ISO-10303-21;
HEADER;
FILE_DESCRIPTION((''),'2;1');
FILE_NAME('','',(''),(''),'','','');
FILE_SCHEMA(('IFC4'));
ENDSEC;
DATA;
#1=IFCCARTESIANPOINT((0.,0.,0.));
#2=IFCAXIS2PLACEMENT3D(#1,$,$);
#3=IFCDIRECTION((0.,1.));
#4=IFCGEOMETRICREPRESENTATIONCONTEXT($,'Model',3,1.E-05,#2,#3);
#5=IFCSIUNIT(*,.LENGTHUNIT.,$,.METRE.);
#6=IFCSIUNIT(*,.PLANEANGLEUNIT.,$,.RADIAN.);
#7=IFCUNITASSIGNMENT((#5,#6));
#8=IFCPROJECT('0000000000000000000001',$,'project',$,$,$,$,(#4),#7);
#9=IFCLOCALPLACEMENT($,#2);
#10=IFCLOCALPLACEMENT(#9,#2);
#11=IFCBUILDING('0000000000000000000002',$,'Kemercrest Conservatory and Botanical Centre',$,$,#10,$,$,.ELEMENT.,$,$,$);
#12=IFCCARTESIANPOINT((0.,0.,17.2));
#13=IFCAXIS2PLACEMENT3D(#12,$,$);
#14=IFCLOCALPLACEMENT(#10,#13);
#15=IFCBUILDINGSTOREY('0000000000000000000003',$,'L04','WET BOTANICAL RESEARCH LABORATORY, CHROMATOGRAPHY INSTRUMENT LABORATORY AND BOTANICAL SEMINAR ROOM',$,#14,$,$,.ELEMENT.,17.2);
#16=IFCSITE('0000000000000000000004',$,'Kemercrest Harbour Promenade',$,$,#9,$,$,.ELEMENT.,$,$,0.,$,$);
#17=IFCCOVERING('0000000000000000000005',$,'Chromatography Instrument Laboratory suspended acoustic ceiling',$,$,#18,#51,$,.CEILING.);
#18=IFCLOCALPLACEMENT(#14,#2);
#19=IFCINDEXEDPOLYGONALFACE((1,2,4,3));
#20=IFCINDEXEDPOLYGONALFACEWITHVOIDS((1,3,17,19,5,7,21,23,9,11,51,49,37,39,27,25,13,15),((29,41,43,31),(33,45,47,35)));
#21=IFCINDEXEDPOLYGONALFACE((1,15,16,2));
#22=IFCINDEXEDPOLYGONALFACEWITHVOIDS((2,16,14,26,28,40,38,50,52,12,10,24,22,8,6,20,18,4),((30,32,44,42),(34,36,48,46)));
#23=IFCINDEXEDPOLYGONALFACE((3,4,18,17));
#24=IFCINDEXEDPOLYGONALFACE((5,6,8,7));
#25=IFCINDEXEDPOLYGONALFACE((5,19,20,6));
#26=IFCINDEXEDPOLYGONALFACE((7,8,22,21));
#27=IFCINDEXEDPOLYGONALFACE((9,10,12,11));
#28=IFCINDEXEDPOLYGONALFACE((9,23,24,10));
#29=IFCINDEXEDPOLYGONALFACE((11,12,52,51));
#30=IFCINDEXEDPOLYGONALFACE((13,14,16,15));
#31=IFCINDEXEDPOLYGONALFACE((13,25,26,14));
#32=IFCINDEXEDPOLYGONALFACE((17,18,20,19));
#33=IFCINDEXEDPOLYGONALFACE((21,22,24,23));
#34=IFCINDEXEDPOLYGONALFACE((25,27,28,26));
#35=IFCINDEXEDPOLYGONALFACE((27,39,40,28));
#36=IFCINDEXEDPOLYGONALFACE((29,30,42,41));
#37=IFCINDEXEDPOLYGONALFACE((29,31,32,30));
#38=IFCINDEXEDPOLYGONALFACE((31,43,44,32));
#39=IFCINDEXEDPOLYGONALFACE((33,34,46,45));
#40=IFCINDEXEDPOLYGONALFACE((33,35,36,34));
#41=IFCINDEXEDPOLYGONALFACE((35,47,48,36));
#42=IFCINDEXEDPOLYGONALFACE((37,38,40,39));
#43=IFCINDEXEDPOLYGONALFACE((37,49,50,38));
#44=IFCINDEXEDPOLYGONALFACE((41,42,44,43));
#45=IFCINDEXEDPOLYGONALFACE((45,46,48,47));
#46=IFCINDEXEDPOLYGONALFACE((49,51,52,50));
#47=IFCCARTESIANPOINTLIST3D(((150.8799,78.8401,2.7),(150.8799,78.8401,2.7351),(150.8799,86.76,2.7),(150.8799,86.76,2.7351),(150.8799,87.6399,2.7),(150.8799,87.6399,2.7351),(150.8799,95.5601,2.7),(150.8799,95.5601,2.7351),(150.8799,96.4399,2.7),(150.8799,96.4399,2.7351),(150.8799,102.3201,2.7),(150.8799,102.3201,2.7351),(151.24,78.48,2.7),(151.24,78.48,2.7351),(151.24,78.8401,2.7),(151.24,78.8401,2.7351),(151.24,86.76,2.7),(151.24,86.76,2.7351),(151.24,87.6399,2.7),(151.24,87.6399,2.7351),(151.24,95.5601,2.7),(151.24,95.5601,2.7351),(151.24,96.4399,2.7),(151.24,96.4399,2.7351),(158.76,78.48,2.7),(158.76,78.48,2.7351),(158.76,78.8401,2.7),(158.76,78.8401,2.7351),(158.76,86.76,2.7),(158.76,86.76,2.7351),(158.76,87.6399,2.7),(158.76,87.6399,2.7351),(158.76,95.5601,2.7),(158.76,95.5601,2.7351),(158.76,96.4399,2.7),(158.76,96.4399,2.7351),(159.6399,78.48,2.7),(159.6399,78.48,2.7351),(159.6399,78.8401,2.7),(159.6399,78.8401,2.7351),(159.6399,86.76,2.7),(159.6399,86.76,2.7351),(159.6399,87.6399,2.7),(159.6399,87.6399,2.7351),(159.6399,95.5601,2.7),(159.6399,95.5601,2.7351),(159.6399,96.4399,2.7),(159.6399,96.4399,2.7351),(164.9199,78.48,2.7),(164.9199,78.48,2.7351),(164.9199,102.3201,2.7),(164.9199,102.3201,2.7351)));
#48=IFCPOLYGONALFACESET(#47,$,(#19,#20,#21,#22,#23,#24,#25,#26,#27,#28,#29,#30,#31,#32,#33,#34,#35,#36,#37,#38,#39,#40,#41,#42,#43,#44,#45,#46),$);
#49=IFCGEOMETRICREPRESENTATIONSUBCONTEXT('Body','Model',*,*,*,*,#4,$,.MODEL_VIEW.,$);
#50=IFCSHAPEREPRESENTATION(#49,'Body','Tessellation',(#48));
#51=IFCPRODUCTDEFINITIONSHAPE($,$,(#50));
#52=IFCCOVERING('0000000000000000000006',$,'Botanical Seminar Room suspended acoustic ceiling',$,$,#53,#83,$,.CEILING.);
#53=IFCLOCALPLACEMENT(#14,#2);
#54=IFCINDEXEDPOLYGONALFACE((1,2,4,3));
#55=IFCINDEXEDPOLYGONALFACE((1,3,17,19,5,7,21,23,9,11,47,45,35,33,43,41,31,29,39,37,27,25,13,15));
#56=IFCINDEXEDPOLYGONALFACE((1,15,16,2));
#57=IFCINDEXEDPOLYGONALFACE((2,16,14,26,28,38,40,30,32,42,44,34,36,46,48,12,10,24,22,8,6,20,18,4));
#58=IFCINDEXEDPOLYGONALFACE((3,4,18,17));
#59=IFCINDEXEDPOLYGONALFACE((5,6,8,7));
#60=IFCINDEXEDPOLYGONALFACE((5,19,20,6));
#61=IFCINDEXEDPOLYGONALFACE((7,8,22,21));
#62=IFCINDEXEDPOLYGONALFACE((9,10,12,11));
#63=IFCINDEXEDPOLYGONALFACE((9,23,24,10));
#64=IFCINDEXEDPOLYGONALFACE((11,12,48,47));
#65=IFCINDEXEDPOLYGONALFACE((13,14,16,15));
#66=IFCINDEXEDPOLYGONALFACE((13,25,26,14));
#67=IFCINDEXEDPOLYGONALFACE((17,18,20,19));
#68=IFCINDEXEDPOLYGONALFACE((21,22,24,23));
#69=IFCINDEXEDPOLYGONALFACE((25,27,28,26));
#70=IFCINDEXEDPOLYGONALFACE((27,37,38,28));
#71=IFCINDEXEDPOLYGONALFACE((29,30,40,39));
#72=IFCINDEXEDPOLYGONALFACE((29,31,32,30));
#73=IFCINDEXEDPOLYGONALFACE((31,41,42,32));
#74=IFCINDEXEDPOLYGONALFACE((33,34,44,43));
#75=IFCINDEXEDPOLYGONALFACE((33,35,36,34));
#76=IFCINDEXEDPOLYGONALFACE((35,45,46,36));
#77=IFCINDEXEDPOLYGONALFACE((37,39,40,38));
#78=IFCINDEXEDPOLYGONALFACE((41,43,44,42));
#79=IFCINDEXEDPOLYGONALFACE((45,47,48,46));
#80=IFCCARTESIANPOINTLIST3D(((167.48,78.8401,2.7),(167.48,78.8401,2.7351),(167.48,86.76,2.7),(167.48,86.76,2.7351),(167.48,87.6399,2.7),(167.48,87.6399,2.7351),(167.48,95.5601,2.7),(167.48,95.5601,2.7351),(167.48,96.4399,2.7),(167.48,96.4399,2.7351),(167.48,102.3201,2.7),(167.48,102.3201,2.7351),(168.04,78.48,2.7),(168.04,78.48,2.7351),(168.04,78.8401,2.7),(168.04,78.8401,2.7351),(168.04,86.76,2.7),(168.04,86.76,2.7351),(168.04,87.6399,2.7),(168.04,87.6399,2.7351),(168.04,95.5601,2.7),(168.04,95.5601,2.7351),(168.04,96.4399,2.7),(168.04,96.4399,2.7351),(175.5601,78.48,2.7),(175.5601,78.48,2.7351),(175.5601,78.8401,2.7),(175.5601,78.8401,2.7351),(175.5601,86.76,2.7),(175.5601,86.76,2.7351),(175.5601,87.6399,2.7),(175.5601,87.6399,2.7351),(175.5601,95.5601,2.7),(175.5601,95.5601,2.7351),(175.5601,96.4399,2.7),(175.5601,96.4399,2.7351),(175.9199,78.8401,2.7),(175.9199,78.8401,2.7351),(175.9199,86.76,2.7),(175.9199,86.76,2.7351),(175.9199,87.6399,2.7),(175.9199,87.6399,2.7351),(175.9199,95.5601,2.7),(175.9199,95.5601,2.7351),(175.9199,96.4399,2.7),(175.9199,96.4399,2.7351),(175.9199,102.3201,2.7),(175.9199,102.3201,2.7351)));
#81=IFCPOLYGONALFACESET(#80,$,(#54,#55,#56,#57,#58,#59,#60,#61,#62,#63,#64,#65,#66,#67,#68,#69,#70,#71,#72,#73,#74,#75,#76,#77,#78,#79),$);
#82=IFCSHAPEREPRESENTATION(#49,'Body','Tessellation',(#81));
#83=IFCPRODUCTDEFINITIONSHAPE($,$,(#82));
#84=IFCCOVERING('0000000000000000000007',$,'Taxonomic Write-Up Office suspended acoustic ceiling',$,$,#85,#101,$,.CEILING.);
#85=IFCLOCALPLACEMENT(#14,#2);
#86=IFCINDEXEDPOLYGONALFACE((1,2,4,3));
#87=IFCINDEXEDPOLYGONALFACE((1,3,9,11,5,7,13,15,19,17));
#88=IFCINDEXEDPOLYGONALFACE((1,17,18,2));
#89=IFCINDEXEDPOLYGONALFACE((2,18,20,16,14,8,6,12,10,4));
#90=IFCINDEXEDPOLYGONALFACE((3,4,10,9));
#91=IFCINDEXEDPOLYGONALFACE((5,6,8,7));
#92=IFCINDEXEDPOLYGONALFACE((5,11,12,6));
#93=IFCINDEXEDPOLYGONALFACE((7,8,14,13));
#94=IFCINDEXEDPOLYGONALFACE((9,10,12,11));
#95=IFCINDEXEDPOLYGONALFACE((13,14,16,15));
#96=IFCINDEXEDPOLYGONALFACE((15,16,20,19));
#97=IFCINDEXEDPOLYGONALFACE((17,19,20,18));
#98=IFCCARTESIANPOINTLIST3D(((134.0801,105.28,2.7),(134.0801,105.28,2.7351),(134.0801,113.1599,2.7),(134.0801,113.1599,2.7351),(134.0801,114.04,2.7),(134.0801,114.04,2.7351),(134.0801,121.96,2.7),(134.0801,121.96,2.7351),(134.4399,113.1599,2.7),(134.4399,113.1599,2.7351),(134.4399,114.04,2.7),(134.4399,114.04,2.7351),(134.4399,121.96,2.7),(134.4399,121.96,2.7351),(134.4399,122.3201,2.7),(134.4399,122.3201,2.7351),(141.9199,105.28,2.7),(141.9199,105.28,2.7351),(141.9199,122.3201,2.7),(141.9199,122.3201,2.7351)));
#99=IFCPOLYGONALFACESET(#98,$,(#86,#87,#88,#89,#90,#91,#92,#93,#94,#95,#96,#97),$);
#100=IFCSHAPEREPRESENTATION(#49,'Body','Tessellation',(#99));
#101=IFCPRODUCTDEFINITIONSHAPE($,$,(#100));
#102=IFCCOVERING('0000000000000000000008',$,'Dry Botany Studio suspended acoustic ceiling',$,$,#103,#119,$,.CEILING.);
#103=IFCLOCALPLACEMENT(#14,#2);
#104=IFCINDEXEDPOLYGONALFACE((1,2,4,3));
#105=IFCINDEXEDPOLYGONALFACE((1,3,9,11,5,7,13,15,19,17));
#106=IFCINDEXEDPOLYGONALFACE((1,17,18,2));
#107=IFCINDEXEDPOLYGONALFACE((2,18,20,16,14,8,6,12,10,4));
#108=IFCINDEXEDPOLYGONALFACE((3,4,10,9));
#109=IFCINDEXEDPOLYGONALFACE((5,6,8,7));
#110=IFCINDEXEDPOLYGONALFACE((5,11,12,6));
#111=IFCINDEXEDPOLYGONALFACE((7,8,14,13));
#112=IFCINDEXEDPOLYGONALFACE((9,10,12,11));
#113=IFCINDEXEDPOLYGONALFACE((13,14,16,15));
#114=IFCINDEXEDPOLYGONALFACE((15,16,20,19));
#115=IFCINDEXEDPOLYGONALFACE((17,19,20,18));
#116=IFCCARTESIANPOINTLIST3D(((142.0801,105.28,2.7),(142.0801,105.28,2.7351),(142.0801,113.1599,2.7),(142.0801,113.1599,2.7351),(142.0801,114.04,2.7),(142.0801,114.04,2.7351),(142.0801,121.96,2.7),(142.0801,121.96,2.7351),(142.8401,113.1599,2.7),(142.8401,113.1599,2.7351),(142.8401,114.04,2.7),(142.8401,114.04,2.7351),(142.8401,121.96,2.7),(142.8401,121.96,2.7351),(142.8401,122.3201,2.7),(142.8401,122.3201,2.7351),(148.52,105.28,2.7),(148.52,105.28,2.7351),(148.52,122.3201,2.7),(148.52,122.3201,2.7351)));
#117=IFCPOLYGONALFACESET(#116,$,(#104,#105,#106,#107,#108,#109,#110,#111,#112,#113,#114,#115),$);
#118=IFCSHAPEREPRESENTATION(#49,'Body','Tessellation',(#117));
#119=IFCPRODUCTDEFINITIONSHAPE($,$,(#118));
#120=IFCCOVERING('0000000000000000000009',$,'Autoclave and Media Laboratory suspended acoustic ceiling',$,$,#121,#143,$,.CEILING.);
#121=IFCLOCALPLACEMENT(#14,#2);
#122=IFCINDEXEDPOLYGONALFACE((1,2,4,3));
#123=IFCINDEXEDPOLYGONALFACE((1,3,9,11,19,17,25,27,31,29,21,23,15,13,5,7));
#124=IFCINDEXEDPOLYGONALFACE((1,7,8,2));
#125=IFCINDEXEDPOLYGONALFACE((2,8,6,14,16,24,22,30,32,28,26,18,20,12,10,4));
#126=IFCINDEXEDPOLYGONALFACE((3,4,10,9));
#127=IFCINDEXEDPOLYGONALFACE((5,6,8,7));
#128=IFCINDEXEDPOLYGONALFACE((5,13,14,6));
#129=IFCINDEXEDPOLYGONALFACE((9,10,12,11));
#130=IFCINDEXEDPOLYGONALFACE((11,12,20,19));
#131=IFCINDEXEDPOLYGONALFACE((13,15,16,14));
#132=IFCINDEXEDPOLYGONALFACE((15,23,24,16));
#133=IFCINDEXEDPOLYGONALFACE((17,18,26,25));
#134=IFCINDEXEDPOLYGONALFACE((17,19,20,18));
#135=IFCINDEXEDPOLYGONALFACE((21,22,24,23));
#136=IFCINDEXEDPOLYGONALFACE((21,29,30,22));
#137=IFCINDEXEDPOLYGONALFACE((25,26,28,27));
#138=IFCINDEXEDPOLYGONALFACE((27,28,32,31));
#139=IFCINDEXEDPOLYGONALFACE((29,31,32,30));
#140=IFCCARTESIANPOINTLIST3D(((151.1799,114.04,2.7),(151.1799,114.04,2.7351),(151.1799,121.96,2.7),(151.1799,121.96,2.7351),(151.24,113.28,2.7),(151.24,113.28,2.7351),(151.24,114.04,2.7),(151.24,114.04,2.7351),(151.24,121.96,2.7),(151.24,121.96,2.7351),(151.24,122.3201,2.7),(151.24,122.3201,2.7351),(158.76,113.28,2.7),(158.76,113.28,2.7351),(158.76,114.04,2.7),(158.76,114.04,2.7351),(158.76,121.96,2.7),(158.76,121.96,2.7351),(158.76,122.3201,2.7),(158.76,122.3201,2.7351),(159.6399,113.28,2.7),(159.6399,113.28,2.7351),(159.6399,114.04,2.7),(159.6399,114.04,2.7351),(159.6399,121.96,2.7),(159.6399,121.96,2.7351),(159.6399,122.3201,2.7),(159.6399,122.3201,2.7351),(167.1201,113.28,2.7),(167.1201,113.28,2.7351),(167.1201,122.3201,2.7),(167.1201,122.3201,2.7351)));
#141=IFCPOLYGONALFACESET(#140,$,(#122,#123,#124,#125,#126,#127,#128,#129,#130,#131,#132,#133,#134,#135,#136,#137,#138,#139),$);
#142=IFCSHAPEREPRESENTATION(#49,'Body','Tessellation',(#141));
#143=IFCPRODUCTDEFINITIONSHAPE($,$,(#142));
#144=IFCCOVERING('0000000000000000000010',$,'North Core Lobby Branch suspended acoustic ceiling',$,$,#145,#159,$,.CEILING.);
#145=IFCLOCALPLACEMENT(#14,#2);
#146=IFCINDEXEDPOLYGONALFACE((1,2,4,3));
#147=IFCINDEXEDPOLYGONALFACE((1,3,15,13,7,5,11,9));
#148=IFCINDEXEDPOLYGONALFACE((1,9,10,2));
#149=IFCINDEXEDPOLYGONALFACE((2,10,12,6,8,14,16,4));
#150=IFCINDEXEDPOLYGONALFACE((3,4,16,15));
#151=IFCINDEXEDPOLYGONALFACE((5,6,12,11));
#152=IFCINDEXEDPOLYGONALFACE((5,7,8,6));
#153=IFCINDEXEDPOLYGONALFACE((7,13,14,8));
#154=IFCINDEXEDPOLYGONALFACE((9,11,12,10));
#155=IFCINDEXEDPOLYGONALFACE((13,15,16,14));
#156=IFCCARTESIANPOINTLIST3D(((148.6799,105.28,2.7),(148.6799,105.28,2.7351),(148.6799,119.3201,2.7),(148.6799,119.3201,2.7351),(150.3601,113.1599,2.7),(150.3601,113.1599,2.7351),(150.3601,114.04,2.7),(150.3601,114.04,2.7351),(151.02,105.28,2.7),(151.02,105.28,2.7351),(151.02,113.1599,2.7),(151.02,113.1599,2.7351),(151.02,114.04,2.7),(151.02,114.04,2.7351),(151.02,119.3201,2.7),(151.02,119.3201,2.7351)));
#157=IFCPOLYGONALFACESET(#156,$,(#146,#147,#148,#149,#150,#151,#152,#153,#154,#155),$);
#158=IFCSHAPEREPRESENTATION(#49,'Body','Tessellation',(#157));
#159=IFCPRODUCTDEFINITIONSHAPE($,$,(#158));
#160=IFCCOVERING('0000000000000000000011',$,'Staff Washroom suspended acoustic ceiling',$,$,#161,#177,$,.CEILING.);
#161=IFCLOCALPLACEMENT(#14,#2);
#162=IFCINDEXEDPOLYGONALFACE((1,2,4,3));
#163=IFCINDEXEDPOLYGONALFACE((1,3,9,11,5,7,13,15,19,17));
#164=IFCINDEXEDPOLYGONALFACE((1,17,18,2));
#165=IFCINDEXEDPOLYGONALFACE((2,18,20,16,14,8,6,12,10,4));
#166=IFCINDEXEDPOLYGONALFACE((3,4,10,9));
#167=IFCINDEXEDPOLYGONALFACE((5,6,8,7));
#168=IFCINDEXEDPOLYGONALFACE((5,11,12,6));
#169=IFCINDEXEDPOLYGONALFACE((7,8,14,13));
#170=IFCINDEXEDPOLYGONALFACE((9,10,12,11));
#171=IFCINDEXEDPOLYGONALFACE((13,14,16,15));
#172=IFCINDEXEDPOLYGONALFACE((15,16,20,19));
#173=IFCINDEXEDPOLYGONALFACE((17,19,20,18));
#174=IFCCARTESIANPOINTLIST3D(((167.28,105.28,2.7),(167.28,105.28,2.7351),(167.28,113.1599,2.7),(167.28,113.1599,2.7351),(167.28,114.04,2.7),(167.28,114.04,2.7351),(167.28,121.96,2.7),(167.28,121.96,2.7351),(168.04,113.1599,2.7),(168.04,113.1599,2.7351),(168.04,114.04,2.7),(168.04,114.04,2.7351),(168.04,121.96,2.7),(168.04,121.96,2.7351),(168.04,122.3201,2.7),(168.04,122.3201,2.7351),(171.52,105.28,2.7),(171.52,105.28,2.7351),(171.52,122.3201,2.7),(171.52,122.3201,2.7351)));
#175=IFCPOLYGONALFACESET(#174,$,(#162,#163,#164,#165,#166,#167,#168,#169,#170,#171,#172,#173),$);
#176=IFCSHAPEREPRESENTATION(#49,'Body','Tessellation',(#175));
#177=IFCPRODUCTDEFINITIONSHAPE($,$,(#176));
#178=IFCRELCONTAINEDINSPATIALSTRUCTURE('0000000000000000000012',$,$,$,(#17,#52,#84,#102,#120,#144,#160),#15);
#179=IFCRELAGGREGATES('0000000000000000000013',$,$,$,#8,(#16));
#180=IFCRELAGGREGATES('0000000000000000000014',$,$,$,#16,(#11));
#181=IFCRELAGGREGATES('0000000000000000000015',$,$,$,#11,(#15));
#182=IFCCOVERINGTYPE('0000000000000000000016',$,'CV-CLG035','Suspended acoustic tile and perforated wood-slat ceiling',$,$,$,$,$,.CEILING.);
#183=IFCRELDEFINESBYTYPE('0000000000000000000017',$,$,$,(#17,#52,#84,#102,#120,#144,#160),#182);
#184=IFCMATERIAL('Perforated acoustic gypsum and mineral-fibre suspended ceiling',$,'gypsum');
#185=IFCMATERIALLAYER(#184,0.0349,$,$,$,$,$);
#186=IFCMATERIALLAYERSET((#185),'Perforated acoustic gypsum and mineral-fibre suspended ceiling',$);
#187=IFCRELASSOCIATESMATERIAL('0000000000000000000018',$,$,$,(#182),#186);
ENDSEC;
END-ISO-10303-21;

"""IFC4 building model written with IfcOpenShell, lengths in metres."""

from ifc_helpers import new_model, si_unit, direction, frame, origin, place, context, subcontext, project, spatial, polyline, outline, extrude, material, layer, layer_set, type_object, element, save


model = new_model("IFC4")

# Units and contexts
model_context = context("Model", 3, precision=1e-05, world=origin(), true_north=direction((0.0, 1.0)))
body_context = subcontext(model_context, "Body", "Model", "MODEL_VIEW")
ifc_project = project(units=[si_unit("LENGTHUNIT", "METRE"), si_unit("PLANEANGLEUNIT", "RADIAN")], contexts=[model_context])

# Site, building, storey
site_placement = place(None, origin())
site = spatial("IfcSite", under=ifc_project, at=site_placement, Name="Kemercrest Harbour Promenade", CompositionType="ELEMENT", RefElevation=0.0)
building_placement = place(site_placement, origin())
building = spatial("IfcBuilding", under=site, at=building_placement, Name="Kemercrest Conservatory and Botanical Centre", CompositionType="ELEMENT")
storey_placement = place(building_placement, frame((0.0, 0.0, 17.2)))
storey = spatial("IfcBuildingStorey", under=building, at=storey_placement, Name="L04", Description="WET BOTANICAL RESEARCH LABORATORY, CHROMATOGRAPHY INSTRUMENT LABORATORY AND BOTANICAL SEMINAR ROOM", CompositionType="ELEMENT", Elevation=17.2)

# Coverings
ifc_material_1 = material(Name="Perforated acoustic gypsum and mineral-fibre suspended ceiling", Category="gypsum")
ifc_layer_1 = layer(ifc_material_1, 0.0349)
ifc_layer_set_1 = layer_set([ifc_layer_1], Name="Perforated acoustic gypsum and mineral-fibre suspended ceiling")
covering_type_1 = type_object("IfcCoveringType", Name="CV-CLG035", Description="Suspended acoustic tile and perforated wood-slat ceiling", PredefinedType="CEILING", material=ifc_layer_set_1)
covering_1_placement = place(storey_placement, frame((0.0, 0.0, 2.7)))
element("IfcCovering", 1, at=covering_1_placement, inside=storey, type_object=covering_type_1, Name="Chromatography Instrument Laboratory suspended acoustic ceiling", PredefinedType="CEILING", context=body_context, shape_type="SweptSolid", body=[
    extrude(outline(polyline([(158.76, 78.8401), (159.6399, 78.8401), (159.6399, 78.48), (164.9199, 78.48), (164.9199, 102.3201), (150.8799, 102.3201), (150.8799, 96.4399), (151.24, 96.4399), (151.24, 95.5601), (150.8799, 95.5601), (150.8799, 87.6399), (151.24, 87.6399), (151.24, 86.76), (150.8799, 86.76), (150.8799, 78.8401), (151.24, 78.8401), (151.24, 78.48), (158.76, 78.48), (158.76, 78.8401)]), holes=[polyline([(158.76, 87.6399), (159.6399, 87.6399), (159.6399, 86.76), (158.76, 86.76), (158.76, 87.6399)]), polyline([(158.76, 96.4399), (159.6399, 96.4399), (159.6399, 95.5601), (158.76, 95.5601), (158.76, 96.4399)])]), origin(), (0.0, 0.0, 1.0), 0.0352),
])
covering_2_placement = place(storey_placement, frame((0.0, 0.0, 2.7)))
element("IfcCovering", 2, at=covering_2_placement, inside=storey, type_object=covering_type_1, Name="Botanical Seminar Room suspended acoustic ceiling", PredefinedType="CEILING", context=body_context, shape_type="SweptSolid", body=[
    extrude(outline(polyline([(168.04, 78.48), (175.5601, 78.48), (175.5601, 78.8401), (175.9199, 78.8401), (175.9199, 86.76), (175.5601, 86.76), (175.5601, 87.6399), (175.9199, 87.6399), (175.9199, 95.5601), (175.5601, 95.5601), (175.5601, 96.4399), (175.9199, 96.4399), (175.9199, 102.3201), (167.48, 102.3201), (167.48, 96.4399), (168.04, 96.4399), (168.04, 95.5601), (167.48, 95.5601), (167.48, 87.6399), (168.04, 87.6399), (168.04, 86.76), (167.48, 86.76), (167.48, 78.8401), (168.04, 78.8401), (168.04, 78.48)])), origin(), (0.0, 0.0, 1.0), 0.0352),
])
covering_3_placement = place(storey_placement, frame((0.0, 0.0, 2.7)))
element("IfcCovering", 3, at=covering_3_placement, inside=storey, type_object=covering_type_1, Name="Taxonomic Write-Up Office suspended acoustic ceiling", PredefinedType="CEILING", context=body_context, shape_type="SweptSolid", body=[
    extrude(outline(polyline([(134.0801, 105.28), (141.9199, 105.28), (141.9199, 122.3201), (134.4399, 122.3201), (134.4399, 121.96), (134.0801, 121.96), (134.0801, 114.04), (134.4399, 114.04), (134.4399, 113.1599), (134.0801, 113.1599), (134.0801, 105.28)])), origin(), (0.0, 0.0, 1.0), 0.0352),
])
covering_4_placement = place(storey_placement, frame((0.0, 0.0, 2.7)))
element("IfcCovering", 4, at=covering_4_placement, inside=storey, type_object=covering_type_1, Name="Dry Botany Studio suspended acoustic ceiling", PredefinedType="CEILING", context=body_context, shape_type="SweptSolid", body=[
    extrude(outline(polyline([(142.0801, 105.28), (148.52, 105.28), (148.52, 122.3201), (142.8401, 122.3201), (142.8401, 121.96), (142.0801, 121.96), (142.0801, 114.04), (142.8401, 114.04), (142.8401, 113.1599), (142.0801, 113.1599), (142.0801, 105.28)])), origin(), (0.0, 0.0, 1.0), 0.0352),
])
covering_5_placement = place(storey_placement, frame((0.0, 0.0, 2.7)))
element("IfcCovering", 5, at=covering_5_placement, inside=storey, type_object=covering_type_1, Name="Autoclave and Media Laboratory suspended acoustic ceiling", PredefinedType="CEILING", context=body_context, shape_type="SweptSolid", body=[
    extrude(outline(polyline([(159.6399, 113.28), (167.1201, 113.28), (167.1201, 122.3201), (159.6399, 122.3201), (159.6399, 121.96), (158.76, 121.96), (158.76, 122.3201), (151.24, 122.3201), (151.24, 121.96), (151.1799, 121.96), (151.1799, 114.04), (151.24, 114.04), (151.24, 113.28), (158.76, 113.28), (158.76, 114.04), (159.6399, 114.04), (159.6399, 113.28)])), origin(), (0.0, 0.0, 1.0), 0.0352),
])
covering_6_placement = place(storey_placement, frame((0.0, 0.0, 2.7)))
element("IfcCovering", 6, at=covering_6_placement, inside=storey, type_object=covering_type_1, Name="North Core Lobby Branch suspended acoustic ceiling", PredefinedType="CEILING", context=body_context, shape_type="SweptSolid", body=[
    extrude(outline(polyline([(148.6799, 105.28), (151.02, 105.28), (151.02, 113.1599), (150.3601, 113.1599), (150.3601, 114.04), (151.02, 114.04), (151.02, 119.3201), (148.6799, 119.3201), (148.6799, 105.28)])), origin(), (0.0, 0.0, 1.0), 0.0352),
])
covering_7_placement = place(storey_placement, frame((0.0, 0.0, 2.7)))
element("IfcCovering", 7, at=covering_7_placement, inside=storey, type_object=covering_type_1, Name="Staff Washroom suspended acoustic ceiling", PredefinedType="CEILING", context=body_context, shape_type="SweptSolid", body=[
    extrude(outline(polyline([(167.28, 105.28), (171.52, 105.28), (171.52, 122.3201), (168.04, 122.3201), (168.04, 121.96), (167.28, 121.96), (167.28, 114.04), (168.04, 114.04), (168.04, 113.1599), (167.28, 113.1599), (167.28, 105.28)])), origin(), (0.0, 0.0, 1.0), 0.0352),
])

save(model, "model.ifc")
